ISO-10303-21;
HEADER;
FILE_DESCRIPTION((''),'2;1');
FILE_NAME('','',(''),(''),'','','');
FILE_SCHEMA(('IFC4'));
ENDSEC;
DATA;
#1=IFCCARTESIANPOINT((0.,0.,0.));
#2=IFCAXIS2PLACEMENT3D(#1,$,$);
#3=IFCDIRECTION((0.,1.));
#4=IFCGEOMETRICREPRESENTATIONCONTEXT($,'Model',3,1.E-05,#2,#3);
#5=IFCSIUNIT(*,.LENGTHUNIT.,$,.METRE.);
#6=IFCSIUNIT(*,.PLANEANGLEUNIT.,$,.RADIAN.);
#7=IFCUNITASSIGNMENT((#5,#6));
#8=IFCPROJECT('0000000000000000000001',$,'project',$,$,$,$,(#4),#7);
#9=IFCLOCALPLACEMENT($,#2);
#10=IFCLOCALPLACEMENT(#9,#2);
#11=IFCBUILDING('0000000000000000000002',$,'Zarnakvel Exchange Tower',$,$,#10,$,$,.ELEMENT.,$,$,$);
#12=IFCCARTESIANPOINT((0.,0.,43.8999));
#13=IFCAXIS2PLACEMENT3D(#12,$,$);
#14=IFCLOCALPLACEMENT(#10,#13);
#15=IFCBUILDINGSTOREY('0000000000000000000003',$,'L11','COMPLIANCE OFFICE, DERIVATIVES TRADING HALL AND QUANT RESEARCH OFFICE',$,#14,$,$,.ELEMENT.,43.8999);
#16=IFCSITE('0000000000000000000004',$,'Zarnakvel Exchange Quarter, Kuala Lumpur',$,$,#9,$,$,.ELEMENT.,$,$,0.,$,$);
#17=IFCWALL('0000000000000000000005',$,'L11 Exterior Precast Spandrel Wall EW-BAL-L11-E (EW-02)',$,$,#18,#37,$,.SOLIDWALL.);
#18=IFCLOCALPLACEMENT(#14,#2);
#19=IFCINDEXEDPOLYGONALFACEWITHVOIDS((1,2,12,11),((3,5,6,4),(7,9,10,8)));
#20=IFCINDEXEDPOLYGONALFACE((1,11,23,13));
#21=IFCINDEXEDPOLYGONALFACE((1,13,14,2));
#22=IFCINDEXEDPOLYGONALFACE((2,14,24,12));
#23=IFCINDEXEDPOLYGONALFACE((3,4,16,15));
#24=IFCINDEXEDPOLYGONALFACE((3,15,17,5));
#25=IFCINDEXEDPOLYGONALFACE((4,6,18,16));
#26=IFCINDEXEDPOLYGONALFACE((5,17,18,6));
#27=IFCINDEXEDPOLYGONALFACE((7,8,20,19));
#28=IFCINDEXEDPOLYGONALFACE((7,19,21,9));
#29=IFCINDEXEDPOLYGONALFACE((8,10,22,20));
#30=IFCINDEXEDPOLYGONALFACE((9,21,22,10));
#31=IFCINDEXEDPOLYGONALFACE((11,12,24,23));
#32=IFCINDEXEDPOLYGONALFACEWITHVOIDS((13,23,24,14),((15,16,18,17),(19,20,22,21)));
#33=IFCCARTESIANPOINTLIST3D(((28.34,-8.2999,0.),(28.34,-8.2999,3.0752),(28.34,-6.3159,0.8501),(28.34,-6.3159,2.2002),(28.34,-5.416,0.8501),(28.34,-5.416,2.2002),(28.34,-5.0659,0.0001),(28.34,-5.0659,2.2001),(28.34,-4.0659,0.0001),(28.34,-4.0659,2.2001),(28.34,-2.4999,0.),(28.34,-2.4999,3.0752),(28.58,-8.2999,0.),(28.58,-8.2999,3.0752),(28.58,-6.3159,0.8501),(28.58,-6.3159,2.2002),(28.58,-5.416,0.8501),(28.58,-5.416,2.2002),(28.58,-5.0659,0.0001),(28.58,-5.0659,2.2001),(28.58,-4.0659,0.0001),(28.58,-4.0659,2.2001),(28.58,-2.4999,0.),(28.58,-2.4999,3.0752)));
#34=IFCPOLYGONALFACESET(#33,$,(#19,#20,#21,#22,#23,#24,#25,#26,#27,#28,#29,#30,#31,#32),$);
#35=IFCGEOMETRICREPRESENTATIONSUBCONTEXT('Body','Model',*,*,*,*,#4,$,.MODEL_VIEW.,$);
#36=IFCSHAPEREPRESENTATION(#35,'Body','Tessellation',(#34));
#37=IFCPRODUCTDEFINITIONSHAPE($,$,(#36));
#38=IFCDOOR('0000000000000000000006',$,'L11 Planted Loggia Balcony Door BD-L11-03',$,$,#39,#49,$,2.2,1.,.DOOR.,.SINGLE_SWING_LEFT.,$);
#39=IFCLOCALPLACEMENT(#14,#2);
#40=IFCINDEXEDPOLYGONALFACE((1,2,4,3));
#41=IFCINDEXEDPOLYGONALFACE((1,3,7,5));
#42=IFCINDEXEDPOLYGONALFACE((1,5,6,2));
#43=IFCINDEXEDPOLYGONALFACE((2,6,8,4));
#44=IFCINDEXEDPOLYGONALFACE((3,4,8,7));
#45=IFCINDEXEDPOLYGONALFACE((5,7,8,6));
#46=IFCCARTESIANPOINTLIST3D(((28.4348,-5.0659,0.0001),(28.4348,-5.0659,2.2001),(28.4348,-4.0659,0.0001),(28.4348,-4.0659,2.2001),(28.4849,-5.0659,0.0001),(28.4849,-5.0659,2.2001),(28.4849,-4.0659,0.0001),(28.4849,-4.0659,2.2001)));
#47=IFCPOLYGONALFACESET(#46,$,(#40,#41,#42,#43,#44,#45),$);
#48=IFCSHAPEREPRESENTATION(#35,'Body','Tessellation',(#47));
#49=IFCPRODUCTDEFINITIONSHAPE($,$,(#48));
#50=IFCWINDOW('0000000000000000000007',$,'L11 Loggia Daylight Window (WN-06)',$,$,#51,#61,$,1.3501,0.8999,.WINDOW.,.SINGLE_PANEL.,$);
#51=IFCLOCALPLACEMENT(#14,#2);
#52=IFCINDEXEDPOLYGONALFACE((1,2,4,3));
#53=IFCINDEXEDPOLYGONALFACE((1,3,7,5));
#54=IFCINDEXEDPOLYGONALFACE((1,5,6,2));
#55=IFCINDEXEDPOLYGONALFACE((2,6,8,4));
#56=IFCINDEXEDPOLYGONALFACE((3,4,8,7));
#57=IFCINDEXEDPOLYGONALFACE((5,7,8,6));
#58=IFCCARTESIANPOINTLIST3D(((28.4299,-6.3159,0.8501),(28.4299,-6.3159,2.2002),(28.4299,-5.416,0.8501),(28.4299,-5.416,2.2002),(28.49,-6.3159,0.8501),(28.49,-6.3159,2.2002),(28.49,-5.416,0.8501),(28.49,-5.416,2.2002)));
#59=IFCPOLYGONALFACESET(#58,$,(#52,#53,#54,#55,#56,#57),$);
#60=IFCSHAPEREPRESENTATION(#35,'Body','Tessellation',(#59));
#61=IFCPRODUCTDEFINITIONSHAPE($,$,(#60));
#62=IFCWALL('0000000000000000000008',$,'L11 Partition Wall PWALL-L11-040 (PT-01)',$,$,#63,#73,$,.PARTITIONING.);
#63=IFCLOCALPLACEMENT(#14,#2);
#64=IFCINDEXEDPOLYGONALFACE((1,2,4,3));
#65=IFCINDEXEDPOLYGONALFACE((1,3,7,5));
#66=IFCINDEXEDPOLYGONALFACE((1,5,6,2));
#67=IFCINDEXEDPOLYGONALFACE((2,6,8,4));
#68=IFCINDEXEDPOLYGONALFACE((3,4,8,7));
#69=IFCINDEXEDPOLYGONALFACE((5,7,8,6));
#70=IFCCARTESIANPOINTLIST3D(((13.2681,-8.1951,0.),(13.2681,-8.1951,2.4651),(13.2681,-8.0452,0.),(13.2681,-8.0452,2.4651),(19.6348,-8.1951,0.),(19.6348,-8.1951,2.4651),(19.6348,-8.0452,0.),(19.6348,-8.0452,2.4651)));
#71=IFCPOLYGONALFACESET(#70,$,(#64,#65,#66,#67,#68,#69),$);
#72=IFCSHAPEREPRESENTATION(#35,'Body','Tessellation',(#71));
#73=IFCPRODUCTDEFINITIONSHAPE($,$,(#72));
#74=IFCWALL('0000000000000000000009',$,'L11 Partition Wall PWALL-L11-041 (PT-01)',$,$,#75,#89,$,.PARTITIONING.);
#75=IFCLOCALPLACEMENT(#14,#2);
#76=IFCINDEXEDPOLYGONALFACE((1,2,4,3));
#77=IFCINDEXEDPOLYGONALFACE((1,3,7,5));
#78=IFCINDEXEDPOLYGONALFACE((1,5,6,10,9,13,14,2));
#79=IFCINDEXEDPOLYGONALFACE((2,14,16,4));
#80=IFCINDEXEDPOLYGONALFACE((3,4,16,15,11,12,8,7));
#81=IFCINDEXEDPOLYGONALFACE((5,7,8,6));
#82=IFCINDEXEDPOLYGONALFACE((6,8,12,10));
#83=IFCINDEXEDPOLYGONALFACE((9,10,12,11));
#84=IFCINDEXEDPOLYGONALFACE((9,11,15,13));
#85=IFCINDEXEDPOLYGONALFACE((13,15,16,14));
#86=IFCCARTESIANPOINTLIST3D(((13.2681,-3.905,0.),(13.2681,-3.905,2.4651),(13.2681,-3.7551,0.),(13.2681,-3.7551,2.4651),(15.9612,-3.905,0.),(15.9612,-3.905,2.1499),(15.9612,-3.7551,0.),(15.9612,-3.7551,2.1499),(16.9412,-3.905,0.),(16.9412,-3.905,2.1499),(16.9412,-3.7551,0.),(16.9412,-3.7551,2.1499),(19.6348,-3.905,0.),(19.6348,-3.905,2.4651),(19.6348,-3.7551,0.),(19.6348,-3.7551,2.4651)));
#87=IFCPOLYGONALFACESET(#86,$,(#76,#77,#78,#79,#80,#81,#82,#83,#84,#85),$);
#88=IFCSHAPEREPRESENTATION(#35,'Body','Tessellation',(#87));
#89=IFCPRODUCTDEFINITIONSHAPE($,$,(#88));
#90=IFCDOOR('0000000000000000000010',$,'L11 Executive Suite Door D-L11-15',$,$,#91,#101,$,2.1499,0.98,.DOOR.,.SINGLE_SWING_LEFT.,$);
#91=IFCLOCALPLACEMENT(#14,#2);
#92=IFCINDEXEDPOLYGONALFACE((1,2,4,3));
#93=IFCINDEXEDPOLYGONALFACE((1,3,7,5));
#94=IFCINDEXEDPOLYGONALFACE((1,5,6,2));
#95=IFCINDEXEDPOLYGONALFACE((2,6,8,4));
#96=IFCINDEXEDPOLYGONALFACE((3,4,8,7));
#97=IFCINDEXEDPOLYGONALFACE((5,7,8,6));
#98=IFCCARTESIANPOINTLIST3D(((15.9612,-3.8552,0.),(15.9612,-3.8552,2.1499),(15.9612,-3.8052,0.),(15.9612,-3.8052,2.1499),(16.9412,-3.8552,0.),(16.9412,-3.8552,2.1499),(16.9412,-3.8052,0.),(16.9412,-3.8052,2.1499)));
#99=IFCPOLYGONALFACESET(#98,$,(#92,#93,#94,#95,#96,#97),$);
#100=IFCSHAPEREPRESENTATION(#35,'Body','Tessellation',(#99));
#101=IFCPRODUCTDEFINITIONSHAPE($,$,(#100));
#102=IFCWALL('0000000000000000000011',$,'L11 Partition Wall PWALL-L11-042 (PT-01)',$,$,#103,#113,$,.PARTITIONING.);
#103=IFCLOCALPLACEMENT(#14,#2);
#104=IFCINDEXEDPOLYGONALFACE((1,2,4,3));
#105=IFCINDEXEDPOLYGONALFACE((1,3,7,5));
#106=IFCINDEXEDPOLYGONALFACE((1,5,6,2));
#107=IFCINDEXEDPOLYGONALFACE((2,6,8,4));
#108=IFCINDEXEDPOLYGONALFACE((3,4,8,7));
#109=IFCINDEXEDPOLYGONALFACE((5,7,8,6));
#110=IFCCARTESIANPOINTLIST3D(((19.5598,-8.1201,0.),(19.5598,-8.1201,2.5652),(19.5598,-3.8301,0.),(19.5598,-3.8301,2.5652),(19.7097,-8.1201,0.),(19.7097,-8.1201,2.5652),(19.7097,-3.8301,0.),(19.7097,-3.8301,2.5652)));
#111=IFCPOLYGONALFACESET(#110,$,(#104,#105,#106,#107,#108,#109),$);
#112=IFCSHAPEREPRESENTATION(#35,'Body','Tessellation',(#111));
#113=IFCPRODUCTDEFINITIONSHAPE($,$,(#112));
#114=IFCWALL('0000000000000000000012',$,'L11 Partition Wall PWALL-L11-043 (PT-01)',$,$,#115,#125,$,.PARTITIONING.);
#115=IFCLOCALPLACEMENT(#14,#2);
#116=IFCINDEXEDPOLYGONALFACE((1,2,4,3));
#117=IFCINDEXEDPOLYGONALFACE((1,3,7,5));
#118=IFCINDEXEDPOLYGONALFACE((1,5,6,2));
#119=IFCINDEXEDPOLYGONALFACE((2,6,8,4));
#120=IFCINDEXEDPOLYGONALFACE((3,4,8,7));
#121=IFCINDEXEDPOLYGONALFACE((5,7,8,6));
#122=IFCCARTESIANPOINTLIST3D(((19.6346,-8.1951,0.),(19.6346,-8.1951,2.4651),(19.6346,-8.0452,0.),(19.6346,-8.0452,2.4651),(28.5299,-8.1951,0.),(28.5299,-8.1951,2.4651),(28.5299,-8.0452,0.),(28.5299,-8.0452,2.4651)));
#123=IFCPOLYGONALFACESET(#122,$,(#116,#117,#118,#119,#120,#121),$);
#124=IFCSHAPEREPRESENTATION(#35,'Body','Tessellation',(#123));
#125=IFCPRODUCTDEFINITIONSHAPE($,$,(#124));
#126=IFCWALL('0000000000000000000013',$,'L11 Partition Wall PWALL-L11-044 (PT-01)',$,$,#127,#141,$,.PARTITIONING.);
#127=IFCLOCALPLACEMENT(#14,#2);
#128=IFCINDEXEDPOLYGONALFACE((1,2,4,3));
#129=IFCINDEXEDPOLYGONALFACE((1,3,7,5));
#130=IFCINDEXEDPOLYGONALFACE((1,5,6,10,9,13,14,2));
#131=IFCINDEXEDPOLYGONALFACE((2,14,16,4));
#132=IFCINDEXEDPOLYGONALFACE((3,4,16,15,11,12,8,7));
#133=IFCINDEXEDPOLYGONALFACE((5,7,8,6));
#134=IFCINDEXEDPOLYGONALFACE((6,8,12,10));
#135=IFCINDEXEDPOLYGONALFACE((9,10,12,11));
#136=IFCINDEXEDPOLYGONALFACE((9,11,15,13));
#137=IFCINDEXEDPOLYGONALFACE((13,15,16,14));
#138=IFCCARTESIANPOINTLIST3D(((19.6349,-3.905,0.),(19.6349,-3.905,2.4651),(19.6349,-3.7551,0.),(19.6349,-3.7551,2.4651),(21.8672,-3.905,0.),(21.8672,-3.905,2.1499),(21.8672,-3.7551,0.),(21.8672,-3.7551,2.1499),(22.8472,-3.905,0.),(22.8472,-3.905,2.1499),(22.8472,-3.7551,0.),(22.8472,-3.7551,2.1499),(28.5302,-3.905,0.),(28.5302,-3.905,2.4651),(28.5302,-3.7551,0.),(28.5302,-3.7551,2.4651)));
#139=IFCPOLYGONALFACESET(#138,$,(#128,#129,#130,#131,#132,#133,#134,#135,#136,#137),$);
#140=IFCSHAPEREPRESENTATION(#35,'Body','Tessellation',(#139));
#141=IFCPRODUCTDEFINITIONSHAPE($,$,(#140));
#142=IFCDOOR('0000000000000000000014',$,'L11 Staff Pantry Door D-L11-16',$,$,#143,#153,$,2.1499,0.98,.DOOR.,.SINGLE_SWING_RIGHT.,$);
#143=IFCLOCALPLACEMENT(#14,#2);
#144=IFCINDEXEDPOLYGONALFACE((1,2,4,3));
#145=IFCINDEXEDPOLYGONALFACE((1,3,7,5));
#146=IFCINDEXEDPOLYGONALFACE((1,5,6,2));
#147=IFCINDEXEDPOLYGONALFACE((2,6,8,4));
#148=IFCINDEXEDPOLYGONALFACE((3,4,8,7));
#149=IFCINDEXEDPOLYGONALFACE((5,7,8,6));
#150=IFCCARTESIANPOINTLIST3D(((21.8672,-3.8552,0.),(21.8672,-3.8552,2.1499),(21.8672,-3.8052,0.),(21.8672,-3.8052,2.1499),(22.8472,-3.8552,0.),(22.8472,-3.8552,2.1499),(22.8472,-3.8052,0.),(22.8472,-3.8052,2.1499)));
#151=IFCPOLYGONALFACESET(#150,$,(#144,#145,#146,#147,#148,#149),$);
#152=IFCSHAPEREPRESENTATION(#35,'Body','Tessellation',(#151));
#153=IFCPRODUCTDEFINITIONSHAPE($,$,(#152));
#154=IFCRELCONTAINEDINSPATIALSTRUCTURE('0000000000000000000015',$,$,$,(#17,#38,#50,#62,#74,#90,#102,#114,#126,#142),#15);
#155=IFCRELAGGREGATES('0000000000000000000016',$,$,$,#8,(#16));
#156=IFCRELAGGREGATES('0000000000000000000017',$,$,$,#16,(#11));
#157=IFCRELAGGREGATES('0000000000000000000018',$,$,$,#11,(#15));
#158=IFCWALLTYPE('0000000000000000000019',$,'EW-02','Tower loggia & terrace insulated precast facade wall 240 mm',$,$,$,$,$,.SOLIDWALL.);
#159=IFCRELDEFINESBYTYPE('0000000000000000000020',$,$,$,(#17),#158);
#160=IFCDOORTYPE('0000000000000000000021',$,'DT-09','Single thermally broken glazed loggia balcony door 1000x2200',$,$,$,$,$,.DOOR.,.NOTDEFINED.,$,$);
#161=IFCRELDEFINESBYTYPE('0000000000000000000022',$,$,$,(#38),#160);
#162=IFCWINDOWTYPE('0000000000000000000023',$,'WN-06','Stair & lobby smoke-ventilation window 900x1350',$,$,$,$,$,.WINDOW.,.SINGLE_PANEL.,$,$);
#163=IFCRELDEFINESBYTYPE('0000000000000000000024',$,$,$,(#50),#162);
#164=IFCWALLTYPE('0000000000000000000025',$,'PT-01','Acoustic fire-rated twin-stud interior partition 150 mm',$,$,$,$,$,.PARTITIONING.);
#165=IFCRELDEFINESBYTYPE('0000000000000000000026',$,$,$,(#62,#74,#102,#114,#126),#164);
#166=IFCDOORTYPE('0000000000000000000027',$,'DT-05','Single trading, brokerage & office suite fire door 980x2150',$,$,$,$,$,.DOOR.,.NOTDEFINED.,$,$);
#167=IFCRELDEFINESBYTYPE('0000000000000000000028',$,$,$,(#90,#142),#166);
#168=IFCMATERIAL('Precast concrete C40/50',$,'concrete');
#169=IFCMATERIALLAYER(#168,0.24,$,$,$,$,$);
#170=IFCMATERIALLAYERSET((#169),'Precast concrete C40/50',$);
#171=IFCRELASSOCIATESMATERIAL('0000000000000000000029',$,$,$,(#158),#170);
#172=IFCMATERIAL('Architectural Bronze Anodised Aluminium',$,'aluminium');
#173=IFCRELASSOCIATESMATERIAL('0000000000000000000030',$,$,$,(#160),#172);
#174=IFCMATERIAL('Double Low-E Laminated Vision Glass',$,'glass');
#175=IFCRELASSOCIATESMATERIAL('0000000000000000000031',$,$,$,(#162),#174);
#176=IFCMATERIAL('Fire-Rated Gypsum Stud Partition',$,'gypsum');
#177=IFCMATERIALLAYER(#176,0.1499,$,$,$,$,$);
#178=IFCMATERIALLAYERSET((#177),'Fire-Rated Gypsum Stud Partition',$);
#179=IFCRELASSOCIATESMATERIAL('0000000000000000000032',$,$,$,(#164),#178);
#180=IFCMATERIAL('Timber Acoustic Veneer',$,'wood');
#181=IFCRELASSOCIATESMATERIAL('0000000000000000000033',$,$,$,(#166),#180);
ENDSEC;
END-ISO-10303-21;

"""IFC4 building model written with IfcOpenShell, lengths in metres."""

from ifc_helpers import new_model, si_unit, direction, frame, frame_2d, origin, place, context, subcontext, project, spatial, rectangle, extrude, source, transform, mapped, material, layer, layer_set, type_object, element, fill, save


model = new_model("IFC4")

# Units and contexts
model_context = context("Model", 3, precision=1e-05, world=origin(), true_north=direction((0.0, 1.0)))
body_context = subcontext(model_context, "Body", "Model", "MODEL_VIEW")
ifc_project = project(units=[si_unit("LENGTHUNIT", "METRE"), si_unit("PLANEANGLEUNIT", "RADIAN")], contexts=[model_context])

# Site, building, storey
site_placement = place(None, origin())
site = spatial("IfcSite", under=ifc_project, at=site_placement, Name="Zarnakvel Exchange Quarter, Kuala Lumpur", CompositionType="ELEMENT", RefElevation=0.0)
building_placement = place(site_placement, origin())
building = spatial("IfcBuilding", under=site, at=building_placement, Name="Zarnakvel Exchange Tower", CompositionType="ELEMENT")
storey_placement = place(building_placement, frame((0.0, 0.0, 43.8999)))
storey = spatial("IfcBuildingStorey", under=building, at=storey_placement, Name="L11", Description="COMPLIANCE OFFICE, DERIVATIVES TRADING HALL AND QUANT RESEARCH OFFICE", CompositionType="ELEMENT", Elevation=43.8999)

# Shared definitions
ifc_material_1 = material(Name="Architectural Bronze Anodised Aluminium", Category="aluminium")

# Wall, openings, door, window
ifc_material_2 = material(Name="Precast concrete C40/50", Category="concrete")
ifc_layer_1 = layer(ifc_material_2, 0.24)
ifc_layer_set_1 = layer_set([ifc_layer_1], Name="Precast concrete C40/50")
wall_type_1 = type_object("IfcWallType", Name="EW-02", Description="Tower loggia & terrace insulated precast facade wall 240 mm", PredefinedType="SOLIDWALL", material=ifc_layer_set_1)
wall_1_placement = place(storey_placement, frame((28.46, -2.5, 0.0), z_axis=(0.0, 0.0, 1.0), x_axis=(0.0, -1.0, 0.0)))
wall_1 = element("IfcWall", 1, at=wall_1_placement, inside=storey, type_object=wall_type_1, Name="L11 Exterior Precast Spandrel Wall EW-BAL-L11-E (EW-02)", PredefinedType="SOLIDWALL", context=body_context, shape_type="SweptSolid", body=[
    extrude(rectangle(XDim=5.8, YDim=0.24, at=frame_2d((2.8999, 0.0))), origin(), (0.0, 0.0, 1.0), 3.0752),
])
opening_1_placement = place(wall_1_placement, frame((1.5659, 0.0, 0.0)))
opening_1 = element("IfcOpeningElement", 2, at=opening_1_placement, cuts=wall_1, PredefinedType="OPENING", context=body_context, shape_type="SweptSolid", body=[
    extrude(rectangle(XDim=1.0, YDim=2.2, at=frame_2d((0.5, 1.1001))), frame((0.0, 0.1299, 0.0), z_axis=(0.0, -1.0, 0.0), x_axis=(1.0, 0.0, 0.0)), (0.0, 0.0, 1.0), 0.26),
])
opening_2_placement = place(wall_1_placement, frame((2.916, 0.0, 0.8501)))
opening_2 = element("IfcOpeningElement", 3, at=opening_2_placement, cuts=wall_1, PredefinedType="OPENING", context=body_context, shape_type="SweptSolid", body=[
    extrude(rectangle(XDim=0.8999, YDim=1.3501, at=frame_2d((0.45, 0.675))), frame((0.0, 0.1299, 0.0), z_axis=(0.0, -1.0, 0.0), x_axis=(1.0, 0.0, 0.0)), (0.0, 0.0, 1.0), 0.26),
])
door_type_1 = type_object("IfcDoorType", Name="DT-09", Description="Single thermally broken glazed loggia balcony door 1000x2200", OperationType="NOTDEFINED", PredefinedType="DOOR", material=ifc_material_1)
shared_shape_1 = source(origin(), body_context, "Body", "SweptSolid", [
    extrude(rectangle(XDim=1.0, YDim=2.2, at=frame_2d((0.5, 1.1001))), frame((0.0, 0.0249, 0.0), z_axis=(0.0, -1.0, 0.0), x_axis=(1.0, 0.0, 0.0)), (0.0, 0.0, 1.0), 0.05),
])
door_1_placement = place(opening_1_placement, origin())
door_1 = element("IfcDoor", 4, at=door_1_placement, inside=storey, type_object=door_type_1, Name="L11 Planted Loggia Balcony Door BD-L11-03", OperationType="SINGLE_SWING_LEFT", OverallHeight=2.2, OverallWidth=1.0, PredefinedType="DOOR", context=body_context, shape_type="MappedRepresentation", body=[
    mapped(shared_shape_1, transform((0.0, 0.0, 0.0), x_axis=(1.0, 0.0, 0.0), y_axis=(0.0, 1.0, 0.0), z_axis=(0.0, 0.0, 1.0), scale=1.0)),
])
fill(opening_1, door_1)
ifc_material_3 = material(Name="Double Low-E Laminated Vision Glass", Category="glass")
window_type = type_object("IfcWindowType", Name="WN-06", Description="Stair & lobby smoke-ventilation window 900x1350", PartitioningType="SINGLE_PANEL", PredefinedType="WINDOW", material=ifc_material_3)
shared_shape_2 = source(origin(), body_context, "Body", "SweptSolid", [
    extrude(rectangle(XDim=0.8999, YDim=1.3501, at=frame_2d((0.45, 0.675))), frame((0.0, 0.03, 0.0), z_axis=(0.0, -1.0, 0.0), x_axis=(1.0, 0.0, 0.0)), (0.0, 0.0, 1.0), 0.0601),
])
window_placement = place(opening_2_placement, origin())
window = element("IfcWindow", 5, at=window_placement, inside=storey, type_object=window_type, Name="L11 Loggia Daylight Window (WN-06)", OverallHeight=1.3501, OverallWidth=0.8999, PartitioningType="SINGLE_PANEL", PredefinedType="WINDOW", context=body_context, shape_type="MappedRepresentation", body=[
    mapped(shared_shape_2, transform((0.0, 0.0, 0.0), x_axis=(1.0, 0.0, 0.0), y_axis=(0.0, 1.0, 0.0), z_axis=(0.0, 0.0, 1.0), scale=1.0)),
])
fill(opening_2, window)

# Wall
ifc_material_4 = material(Name="Fire-Rated Gypsum Stud Partition", Category="gypsum")
ifc_layer_2 = layer(ifc_material_4, 0.1499)
ifc_layer_set_2 = layer_set([ifc_layer_2], Name="Fire-Rated Gypsum Stud Partition")
wall_type_2 = type_object("IfcWallType", Name="PT-01", Description="Acoustic fire-rated twin-stud interior partition 150 mm", PredefinedType="PARTITIONING", material=ifc_layer_set_2)
wall_2_placement = place(storey_placement, frame((19.6348, -8.1201, 0.0), z_axis=(0.0, 0.0, 1.0), x_axis=(-1.0, 0.0, 0.0)))
element("IfcWall", 6, at=wall_2_placement, inside=storey, type_object=wall_type_2, Name="L11 Partition Wall PWALL-L11-040 (PT-01)", PredefinedType="PARTITIONING", context=body_context, shape_type="SweptSolid", body=[
    extrude(rectangle(XDim=6.3667, YDim=0.1499, at=frame_2d((3.1833, 0.0))), origin(), (0.0, 0.0, 1.0), 2.4651),
])

# Wall, opening, door
wall_3_placement = place(storey_placement, frame((13.2681, -3.8301, 0.0), z_axis=(0.0, 0.0, 1.0), x_axis=(1.0, 0.0, 0.0)))
wall_3 = element("IfcWall", 7, at=wall_3_placement, inside=storey, type_object=wall_type_2, Name="L11 Partition Wall PWALL-L11-041 (PT-01)", PredefinedType="PARTITIONING", context=body_context, shape_type="SweptSolid", body=[
    extrude(rectangle(XDim=6.3667, YDim=0.1499, at=frame_2d((3.1833, 0.0))), origin(), (0.0, 0.0, 1.0), 2.4651),
])
opening_3_placement = place(wall_3_placement, frame((2.6931, 0.0, 0.0)))
opening_3 = element("IfcOpeningElement", 8, at=opening_3_placement, cuts=wall_3, PredefinedType="OPENING", context=body_context, shape_type="SweptSolid", body=[
    extrude(rectangle(XDim=0.98, YDim=2.1499, at=frame_2d((0.49, 1.075))), frame((0.0, 0.085, 0.0), z_axis=(0.0, -1.0, 0.0), x_axis=(1.0, 0.0, 0.0)), (0.0, 0.0, 1.0), 0.1699),
])
ifc_material_5 = material(Name="Timber Acoustic Veneer", Category="wood")
door_type_2 = type_object("IfcDoorType", Name="DT-05", Description="Single trading, brokerage & office suite fire door 980x2150", OperationType="NOTDEFINED", PredefinedType="DOOR", material=ifc_material_5)
shared_shape_3 = source(origin(), body_context, "Body", "SweptSolid", [
    extrude(rectangle(XDim=0.98, YDim=2.1499, at=frame_2d((0.49, 1.075))), frame((0.0, 0.0249, 0.0), z_axis=(0.0, -1.0, 0.0), x_axis=(1.0, 0.0, 0.0)), (0.0, 0.0, 1.0), 0.05),
])
door_2_placement = place(opening_3_placement, origin())
door_2 = element("IfcDoor", 9, at=door_2_placement, inside=storey, type_object=door_type_2, Name="L11 Executive Suite Door D-L11-15", OperationType="SINGLE_SWING_LEFT", OverallHeight=2.1499, OverallWidth=0.98, PredefinedType="DOOR", context=body_context, shape_type="MappedRepresentation", body=[
    mapped(shared_shape_3, transform((0.0, 0.0, 0.0), x_axis=(1.0, 0.0, 0.0), y_axis=(0.0, 1.0, 0.0), z_axis=(0.0, 0.0, 1.0), scale=1.0)),
])
fill(opening_3, door_2)

# Walls
wall_4_placement = place(storey_placement, frame((19.6348, -3.8301, 0.0), z_axis=(0.0, 0.0, 1.0), x_axis=(0.0, -1.0, 0.0)))
element("IfcWall", 10, at=wall_4_placement, inside=storey, type_object=wall_type_2, Name="L11 Partition Wall PWALL-L11-042 (PT-01)", PredefinedType="PARTITIONING", context=body_context, shape_type="SweptSolid", body=[
    extrude(rectangle(XDim=4.29, YDim=0.1499, at=frame_2d((2.145, 0.0))), origin(), (0.0, 0.0, 1.0), 2.5652),
])
wall_5_placement = place(storey_placement, frame((28.53, -8.1201, 0.0), z_axis=(0.0, 0.0, 1.0), x_axis=(-1.0, 0.0, 0.0)))
element("IfcWall", 11, at=wall_5_placement, inside=storey, type_object=wall_type_2, Name="L11 Partition Wall PWALL-L11-043 (PT-01)", PredefinedType="PARTITIONING", context=body_context, shape_type="SweptSolid", body=[
    extrude(rectangle(XDim=8.8953, YDim=0.1499, at=frame_2d((4.4478, 0.0))), origin(), (0.0, 0.0, 1.0), 2.4651),
])

# Wall, opening, door
wall_6_placement = place(storey_placement, frame((19.6348, -3.8301, 0.0), z_axis=(0.0, 0.0, 1.0), x_axis=(1.0, 0.0, 0.0)))
wall_6 = element("IfcWall", 12, at=wall_6_placement, inside=storey, type_object=wall_type_2, Name="L11 Partition Wall PWALL-L11-044 (PT-01)", PredefinedType="PARTITIONING", context=body_context, shape_type="SweptSolid", body=[
    extrude(rectangle(XDim=8.8953, YDim=0.1499, at=frame_2d((4.4478, 0.0))), origin(), (0.0, 0.0, 1.0), 2.4651),
])
opening_4_placement = place(wall_6_placement, frame((2.2324, 0.0, 0.0)))
opening_4 = element("IfcOpeningElement", 13, at=opening_4_placement, cuts=wall_6, PredefinedType="OPENING", context=body_context, shape_type="SweptSolid", body=[
    extrude(rectangle(XDim=0.98, YDim=2.1499, at=frame_2d((0.49, 1.075))), frame((0.0, 0.085, 0.0), z_axis=(0.0, -1.0, 0.0), x_axis=(1.0, 0.0, 0.0)), (0.0, 0.0, 1.0), 0.1699),
])
door_3_placement = place(opening_4_placement, origin())
door_3 = element("IfcDoor", 14, at=door_3_placement, inside=storey, type_object=door_type_2, Name="L11 Staff Pantry Door D-L11-16", OperationType="SINGLE_SWING_RIGHT", OverallHeight=2.1499, OverallWidth=0.98, PredefinedType="DOOR", context=body_context, shape_type="MappedRepresentation", body=[
    mapped(shared_shape_3, transform((0.0, 0.0, 0.0), x_axis=(1.0, 0.0, 0.0), y_axis=(0.0, 1.0, 0.0), z_axis=(0.0, 0.0, 1.0), scale=1.0)),
])
fill(opening_4, door_3)

save(model, "model.ifc")
